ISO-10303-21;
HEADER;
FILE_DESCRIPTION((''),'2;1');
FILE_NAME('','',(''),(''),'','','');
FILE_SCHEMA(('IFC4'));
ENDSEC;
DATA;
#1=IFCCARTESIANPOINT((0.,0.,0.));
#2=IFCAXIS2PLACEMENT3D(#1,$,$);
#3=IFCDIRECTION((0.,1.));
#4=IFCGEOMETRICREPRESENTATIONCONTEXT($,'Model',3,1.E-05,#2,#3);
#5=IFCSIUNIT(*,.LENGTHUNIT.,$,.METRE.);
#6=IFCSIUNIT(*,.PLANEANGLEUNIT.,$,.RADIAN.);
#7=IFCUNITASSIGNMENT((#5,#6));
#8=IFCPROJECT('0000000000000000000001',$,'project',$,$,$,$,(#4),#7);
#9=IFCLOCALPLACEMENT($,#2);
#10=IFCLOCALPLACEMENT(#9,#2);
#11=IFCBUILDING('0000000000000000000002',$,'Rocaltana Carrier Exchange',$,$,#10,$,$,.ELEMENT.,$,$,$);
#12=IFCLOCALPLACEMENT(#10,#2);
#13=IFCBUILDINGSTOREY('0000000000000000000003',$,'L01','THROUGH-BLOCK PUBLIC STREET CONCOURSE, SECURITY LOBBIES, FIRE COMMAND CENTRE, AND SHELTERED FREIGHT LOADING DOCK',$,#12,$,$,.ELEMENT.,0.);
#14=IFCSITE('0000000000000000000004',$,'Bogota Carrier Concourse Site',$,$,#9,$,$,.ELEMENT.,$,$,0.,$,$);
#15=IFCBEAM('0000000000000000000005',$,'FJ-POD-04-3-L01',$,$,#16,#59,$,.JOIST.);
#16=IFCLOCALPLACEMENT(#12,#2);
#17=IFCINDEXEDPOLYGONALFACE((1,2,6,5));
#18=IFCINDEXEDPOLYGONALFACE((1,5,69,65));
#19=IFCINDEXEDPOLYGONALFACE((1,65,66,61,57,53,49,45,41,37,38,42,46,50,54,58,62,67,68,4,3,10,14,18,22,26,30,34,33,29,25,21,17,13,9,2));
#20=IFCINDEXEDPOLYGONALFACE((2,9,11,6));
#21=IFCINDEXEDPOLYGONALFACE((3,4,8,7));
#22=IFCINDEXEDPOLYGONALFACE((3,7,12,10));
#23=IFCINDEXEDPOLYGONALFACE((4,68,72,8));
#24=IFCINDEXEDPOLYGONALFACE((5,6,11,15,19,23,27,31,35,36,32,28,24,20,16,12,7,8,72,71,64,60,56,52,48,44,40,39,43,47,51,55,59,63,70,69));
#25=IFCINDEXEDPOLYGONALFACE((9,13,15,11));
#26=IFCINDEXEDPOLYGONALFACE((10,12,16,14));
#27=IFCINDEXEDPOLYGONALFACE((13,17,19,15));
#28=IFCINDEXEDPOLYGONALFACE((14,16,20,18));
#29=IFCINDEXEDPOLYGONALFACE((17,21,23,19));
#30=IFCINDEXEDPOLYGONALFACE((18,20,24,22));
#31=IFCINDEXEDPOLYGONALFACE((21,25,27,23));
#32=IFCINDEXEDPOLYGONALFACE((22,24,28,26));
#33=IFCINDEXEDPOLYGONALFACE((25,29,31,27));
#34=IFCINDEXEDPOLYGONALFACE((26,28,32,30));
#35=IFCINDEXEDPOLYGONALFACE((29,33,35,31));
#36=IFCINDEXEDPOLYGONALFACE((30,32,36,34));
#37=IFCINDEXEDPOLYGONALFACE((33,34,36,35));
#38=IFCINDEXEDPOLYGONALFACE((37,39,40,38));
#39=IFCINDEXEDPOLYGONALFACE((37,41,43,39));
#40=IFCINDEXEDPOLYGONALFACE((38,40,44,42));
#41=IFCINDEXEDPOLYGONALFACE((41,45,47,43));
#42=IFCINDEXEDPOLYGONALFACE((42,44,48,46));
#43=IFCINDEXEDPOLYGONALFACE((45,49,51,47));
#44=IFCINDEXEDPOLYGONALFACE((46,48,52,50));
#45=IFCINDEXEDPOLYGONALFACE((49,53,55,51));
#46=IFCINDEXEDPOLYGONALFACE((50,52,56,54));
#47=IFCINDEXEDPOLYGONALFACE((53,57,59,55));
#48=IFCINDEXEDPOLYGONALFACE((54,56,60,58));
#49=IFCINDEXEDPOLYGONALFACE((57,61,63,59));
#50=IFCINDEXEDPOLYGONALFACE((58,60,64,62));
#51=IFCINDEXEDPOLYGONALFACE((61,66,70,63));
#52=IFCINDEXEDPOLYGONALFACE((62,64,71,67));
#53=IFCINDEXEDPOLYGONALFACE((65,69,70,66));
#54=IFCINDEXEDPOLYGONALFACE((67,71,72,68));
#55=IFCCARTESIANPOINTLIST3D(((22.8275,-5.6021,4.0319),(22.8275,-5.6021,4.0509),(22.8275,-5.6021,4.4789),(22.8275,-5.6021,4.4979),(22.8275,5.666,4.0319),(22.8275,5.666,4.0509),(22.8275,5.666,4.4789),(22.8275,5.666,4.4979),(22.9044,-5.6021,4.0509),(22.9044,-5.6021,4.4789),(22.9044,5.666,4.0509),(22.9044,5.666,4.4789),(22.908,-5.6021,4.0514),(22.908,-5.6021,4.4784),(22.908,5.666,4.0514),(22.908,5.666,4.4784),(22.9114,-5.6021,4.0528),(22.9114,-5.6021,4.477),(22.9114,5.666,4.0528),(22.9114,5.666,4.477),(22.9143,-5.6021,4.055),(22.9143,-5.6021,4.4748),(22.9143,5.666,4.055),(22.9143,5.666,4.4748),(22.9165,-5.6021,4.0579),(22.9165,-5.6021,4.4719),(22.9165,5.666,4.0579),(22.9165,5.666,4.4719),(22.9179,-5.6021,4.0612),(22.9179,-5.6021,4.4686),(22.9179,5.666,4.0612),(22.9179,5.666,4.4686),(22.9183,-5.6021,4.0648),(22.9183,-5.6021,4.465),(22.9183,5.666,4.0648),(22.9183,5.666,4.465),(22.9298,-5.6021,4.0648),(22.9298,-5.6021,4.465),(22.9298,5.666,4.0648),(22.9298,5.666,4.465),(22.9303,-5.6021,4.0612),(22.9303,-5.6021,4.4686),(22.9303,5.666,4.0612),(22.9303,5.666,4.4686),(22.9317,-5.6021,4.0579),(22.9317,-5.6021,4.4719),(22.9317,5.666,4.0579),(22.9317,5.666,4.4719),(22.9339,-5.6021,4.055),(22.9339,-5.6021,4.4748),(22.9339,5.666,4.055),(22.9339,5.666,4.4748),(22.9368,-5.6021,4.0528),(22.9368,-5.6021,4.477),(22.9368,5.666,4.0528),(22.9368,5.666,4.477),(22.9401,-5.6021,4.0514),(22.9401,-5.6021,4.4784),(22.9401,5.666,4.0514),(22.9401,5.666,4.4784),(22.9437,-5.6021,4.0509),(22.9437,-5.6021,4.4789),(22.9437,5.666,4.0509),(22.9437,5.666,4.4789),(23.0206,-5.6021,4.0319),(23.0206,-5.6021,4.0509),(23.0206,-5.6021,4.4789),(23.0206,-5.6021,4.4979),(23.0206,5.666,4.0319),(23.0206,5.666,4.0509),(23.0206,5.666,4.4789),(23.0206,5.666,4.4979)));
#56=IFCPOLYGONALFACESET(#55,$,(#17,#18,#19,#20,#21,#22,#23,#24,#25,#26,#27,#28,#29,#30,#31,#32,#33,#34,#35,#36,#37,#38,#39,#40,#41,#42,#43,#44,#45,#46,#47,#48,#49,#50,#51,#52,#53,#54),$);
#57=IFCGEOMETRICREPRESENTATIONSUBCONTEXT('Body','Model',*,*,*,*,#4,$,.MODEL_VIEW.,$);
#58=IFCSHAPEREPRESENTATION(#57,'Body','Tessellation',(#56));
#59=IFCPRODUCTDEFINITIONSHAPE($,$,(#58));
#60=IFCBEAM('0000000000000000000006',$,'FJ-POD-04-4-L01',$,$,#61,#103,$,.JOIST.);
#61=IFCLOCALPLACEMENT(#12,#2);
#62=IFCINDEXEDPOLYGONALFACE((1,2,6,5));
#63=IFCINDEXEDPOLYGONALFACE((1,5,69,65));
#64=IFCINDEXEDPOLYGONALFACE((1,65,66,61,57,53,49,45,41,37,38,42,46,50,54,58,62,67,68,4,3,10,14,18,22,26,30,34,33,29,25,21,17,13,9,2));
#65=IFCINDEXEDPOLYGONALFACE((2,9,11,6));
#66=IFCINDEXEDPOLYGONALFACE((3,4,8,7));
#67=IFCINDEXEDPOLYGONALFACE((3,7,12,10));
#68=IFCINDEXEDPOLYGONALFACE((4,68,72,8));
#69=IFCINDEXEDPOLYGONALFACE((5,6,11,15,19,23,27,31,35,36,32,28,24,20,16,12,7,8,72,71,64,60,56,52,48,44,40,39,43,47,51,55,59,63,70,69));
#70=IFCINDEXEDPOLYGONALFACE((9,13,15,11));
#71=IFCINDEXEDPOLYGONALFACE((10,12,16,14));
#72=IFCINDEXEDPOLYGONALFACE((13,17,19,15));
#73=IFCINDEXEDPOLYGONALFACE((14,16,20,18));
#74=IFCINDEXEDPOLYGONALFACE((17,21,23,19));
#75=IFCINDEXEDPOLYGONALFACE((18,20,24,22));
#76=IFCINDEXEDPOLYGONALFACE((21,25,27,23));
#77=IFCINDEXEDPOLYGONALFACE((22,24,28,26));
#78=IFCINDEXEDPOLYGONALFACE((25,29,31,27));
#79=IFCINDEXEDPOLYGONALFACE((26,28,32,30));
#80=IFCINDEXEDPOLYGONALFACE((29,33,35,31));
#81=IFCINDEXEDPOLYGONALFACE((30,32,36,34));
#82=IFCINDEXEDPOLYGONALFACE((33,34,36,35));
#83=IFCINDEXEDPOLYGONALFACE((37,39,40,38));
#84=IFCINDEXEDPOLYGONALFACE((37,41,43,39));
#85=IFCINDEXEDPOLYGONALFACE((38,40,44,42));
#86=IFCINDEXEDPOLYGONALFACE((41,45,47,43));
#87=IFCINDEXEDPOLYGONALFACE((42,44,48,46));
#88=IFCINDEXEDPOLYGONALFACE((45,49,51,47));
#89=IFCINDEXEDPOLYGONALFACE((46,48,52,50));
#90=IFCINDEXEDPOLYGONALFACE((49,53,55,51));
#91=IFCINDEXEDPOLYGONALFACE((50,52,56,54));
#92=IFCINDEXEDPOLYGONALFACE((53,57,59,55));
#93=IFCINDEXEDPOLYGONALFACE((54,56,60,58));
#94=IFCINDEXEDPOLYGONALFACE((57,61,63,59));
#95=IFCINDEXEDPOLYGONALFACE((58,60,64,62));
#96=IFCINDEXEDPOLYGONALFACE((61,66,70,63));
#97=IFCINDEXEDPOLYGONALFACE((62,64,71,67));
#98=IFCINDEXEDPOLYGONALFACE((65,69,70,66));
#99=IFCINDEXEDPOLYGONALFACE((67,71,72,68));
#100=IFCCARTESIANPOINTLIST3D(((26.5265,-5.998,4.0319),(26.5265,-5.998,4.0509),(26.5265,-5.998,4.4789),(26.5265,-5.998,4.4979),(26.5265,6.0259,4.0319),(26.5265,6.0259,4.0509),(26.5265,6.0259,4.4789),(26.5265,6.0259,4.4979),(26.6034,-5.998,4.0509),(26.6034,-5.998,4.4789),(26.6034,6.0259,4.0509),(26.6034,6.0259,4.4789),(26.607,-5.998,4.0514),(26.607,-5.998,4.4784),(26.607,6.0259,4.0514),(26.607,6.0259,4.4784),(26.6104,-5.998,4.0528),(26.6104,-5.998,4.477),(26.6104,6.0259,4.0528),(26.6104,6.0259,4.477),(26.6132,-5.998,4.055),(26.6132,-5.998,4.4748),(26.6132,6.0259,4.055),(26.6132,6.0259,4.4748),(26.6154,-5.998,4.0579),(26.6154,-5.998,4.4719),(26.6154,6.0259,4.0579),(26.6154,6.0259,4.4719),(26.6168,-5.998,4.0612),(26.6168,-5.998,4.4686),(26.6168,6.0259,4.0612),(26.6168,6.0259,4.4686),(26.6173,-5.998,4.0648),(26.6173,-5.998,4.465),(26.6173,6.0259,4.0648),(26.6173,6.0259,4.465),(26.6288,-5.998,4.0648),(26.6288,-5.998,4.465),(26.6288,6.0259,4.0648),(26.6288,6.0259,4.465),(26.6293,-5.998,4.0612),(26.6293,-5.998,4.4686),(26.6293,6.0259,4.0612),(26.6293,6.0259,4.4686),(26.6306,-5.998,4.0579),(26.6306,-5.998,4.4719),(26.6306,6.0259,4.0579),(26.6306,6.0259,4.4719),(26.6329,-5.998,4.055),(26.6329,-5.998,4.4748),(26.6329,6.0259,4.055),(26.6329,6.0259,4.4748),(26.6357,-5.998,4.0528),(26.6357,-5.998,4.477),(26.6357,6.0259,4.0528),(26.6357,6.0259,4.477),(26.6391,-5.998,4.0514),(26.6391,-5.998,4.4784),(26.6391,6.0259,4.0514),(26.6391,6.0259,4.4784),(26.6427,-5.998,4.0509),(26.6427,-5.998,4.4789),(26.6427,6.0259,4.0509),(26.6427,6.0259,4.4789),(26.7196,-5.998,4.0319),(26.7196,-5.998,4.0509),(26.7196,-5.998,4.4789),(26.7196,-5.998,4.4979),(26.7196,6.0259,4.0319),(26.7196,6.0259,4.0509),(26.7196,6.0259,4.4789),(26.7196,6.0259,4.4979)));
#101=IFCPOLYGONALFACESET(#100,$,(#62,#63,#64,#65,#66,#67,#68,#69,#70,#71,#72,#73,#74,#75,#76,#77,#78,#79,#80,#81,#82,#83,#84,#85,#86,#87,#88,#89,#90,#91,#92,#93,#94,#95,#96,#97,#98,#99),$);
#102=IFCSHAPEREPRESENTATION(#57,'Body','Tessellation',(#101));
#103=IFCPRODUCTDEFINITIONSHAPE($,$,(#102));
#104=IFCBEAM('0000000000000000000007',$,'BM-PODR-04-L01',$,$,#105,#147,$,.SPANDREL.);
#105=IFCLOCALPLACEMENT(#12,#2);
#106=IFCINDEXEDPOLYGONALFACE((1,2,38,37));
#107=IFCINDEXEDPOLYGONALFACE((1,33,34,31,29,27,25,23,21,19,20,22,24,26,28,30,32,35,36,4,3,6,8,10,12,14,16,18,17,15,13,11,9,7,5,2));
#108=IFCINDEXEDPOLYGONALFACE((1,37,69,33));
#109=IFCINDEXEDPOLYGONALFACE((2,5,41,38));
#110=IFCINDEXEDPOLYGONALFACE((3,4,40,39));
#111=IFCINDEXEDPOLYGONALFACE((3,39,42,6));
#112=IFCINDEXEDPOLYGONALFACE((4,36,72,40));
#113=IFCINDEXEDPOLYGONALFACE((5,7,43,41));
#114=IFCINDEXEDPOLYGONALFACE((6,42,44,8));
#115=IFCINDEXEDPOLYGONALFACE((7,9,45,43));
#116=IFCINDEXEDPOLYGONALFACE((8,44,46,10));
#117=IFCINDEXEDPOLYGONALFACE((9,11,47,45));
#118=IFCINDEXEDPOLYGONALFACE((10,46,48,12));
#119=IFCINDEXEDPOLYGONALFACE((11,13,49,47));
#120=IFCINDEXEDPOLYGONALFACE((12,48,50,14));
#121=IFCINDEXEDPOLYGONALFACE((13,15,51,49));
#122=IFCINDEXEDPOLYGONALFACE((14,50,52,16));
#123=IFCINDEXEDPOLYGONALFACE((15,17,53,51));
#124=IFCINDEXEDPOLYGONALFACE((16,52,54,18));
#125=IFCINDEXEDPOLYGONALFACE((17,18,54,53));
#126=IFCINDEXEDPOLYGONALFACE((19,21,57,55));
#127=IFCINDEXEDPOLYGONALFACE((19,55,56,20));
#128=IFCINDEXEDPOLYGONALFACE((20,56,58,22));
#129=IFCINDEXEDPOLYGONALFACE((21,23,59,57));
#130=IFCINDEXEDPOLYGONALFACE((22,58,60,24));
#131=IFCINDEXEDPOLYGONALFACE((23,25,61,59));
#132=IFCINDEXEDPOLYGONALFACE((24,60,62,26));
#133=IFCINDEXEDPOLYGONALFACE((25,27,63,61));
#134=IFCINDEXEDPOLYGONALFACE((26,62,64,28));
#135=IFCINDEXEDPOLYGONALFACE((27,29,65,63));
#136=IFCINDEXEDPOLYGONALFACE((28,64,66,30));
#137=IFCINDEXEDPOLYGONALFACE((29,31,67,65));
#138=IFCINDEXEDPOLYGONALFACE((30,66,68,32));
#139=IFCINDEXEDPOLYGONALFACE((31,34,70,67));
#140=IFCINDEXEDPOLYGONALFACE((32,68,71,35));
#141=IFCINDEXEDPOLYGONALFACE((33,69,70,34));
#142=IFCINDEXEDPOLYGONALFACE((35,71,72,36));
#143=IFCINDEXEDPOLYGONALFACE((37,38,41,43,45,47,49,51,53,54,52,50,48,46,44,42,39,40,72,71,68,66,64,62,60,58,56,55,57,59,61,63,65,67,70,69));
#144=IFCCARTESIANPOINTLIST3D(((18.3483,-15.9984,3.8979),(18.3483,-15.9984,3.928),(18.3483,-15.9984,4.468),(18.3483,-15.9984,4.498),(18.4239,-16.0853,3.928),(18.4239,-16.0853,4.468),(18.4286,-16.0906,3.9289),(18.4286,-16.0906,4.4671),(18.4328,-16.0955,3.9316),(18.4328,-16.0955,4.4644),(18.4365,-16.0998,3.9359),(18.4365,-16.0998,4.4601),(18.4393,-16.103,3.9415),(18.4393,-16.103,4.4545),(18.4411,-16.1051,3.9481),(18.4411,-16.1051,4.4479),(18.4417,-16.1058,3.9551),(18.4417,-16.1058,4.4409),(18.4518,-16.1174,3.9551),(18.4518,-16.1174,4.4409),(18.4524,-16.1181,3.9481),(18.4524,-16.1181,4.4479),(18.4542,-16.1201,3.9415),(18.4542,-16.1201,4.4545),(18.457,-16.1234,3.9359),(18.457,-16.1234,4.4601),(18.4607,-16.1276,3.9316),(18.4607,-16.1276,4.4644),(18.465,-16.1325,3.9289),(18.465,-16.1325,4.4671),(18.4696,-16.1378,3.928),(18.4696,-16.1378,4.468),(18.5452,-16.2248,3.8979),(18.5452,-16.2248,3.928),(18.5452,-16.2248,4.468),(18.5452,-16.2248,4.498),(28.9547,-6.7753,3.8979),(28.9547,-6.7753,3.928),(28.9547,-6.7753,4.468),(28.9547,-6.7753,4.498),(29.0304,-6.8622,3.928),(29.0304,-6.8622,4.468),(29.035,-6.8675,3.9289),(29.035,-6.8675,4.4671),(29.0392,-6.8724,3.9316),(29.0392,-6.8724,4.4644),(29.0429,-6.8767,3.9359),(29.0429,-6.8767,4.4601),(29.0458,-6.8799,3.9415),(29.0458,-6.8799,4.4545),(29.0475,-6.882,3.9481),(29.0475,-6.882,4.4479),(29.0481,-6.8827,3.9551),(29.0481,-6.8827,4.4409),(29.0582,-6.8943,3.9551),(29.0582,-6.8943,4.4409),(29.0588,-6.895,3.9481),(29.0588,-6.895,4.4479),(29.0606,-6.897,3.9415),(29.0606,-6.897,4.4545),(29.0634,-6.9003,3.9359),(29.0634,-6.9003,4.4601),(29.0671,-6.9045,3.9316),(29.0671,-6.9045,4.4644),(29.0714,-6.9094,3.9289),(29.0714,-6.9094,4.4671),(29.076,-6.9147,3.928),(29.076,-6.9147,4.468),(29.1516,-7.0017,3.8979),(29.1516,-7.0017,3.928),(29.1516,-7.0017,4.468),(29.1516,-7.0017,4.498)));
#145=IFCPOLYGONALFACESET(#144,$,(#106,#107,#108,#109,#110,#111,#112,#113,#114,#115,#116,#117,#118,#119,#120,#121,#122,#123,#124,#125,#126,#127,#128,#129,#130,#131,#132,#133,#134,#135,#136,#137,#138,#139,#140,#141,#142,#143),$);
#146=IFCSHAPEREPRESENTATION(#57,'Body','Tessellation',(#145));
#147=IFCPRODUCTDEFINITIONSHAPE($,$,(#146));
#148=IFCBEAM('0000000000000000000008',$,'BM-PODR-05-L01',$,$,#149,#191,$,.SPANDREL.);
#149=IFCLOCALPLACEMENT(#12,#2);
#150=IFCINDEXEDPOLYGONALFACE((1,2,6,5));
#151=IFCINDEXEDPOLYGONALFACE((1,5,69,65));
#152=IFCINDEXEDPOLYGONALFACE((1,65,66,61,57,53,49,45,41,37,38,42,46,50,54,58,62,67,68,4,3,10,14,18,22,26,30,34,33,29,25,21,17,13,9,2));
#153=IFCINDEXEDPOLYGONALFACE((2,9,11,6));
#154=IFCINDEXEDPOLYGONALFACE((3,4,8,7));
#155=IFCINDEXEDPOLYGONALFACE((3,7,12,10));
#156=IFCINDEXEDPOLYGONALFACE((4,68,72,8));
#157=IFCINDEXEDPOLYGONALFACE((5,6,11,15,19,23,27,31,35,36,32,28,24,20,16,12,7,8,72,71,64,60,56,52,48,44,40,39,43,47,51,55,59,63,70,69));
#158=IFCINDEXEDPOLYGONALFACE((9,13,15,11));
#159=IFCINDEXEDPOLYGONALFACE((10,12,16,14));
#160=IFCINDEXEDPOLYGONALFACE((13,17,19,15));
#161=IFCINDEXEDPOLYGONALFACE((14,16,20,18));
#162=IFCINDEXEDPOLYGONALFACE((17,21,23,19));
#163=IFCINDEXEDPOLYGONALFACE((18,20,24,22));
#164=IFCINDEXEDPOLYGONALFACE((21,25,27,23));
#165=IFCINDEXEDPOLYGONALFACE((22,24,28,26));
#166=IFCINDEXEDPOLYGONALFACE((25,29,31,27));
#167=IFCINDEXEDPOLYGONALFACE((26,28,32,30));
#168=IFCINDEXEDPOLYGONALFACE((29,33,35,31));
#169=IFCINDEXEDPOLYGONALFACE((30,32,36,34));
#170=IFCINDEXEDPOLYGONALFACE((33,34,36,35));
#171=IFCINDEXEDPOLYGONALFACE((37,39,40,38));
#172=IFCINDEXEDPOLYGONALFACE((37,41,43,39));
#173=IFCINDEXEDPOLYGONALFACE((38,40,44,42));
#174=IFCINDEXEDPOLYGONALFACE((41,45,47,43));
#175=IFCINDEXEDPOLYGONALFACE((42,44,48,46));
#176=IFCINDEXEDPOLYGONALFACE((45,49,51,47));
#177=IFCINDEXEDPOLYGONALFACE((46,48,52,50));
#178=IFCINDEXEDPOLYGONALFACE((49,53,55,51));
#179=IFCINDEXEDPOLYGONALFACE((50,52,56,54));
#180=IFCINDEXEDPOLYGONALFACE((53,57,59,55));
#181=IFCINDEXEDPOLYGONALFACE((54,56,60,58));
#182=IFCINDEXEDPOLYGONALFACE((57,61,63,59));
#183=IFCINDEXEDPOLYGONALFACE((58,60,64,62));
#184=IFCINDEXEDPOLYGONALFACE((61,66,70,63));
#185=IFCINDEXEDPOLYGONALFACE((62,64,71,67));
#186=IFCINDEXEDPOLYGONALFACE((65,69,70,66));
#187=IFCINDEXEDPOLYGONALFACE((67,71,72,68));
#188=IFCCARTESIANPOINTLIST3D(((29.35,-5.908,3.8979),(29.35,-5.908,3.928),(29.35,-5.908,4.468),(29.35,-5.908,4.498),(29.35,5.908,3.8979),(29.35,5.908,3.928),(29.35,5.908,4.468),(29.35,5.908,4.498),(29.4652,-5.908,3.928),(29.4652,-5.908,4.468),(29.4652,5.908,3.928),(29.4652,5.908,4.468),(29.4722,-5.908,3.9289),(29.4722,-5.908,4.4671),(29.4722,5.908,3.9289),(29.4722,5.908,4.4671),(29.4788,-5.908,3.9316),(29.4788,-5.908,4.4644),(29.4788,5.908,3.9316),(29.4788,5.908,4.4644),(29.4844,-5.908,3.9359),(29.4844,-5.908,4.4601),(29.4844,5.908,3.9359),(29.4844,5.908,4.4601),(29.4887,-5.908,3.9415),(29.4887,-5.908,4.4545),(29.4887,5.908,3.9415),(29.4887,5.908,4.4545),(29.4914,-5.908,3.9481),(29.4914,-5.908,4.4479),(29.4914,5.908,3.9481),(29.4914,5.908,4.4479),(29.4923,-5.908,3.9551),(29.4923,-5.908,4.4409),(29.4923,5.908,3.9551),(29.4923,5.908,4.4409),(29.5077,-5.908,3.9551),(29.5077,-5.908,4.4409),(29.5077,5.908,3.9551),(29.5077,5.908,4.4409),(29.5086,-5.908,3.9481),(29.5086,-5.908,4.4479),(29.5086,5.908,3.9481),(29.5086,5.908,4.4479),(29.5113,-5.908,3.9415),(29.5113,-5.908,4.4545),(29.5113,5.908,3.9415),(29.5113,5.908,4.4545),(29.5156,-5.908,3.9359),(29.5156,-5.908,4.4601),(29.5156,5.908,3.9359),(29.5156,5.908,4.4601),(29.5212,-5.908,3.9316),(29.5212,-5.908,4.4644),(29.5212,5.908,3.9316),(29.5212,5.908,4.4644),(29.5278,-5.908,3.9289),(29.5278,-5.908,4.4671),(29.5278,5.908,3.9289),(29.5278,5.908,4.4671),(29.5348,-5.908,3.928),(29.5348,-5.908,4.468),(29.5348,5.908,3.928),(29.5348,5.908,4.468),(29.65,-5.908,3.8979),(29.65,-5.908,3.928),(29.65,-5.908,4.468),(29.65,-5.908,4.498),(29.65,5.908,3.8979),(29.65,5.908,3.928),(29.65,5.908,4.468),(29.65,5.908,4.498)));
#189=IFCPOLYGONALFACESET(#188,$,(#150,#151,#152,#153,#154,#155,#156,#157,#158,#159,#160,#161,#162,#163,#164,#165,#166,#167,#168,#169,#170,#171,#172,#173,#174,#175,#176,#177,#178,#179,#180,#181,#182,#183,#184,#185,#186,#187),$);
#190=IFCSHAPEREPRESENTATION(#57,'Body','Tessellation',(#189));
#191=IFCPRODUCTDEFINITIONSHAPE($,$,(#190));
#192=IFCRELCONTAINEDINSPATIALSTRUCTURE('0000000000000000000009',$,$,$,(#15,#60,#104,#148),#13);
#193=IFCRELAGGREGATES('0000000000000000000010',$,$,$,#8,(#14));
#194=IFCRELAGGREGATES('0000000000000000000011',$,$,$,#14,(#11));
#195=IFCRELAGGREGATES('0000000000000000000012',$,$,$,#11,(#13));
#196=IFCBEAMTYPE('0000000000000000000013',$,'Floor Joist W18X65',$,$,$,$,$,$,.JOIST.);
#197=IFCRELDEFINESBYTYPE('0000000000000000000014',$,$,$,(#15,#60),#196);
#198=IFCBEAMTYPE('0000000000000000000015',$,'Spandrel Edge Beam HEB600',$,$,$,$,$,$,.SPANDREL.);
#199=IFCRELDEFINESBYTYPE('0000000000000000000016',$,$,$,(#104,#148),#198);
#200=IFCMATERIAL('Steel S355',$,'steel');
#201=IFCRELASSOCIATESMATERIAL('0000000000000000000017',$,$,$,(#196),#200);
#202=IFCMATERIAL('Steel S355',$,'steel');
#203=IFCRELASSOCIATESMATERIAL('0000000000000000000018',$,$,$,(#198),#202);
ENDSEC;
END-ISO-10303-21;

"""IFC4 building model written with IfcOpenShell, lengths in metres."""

from ifc_helpers import new_model, si_unit, direction, frame, origin, origin_2d, place, context, subcontext, project, spatial, i_section, extrude, material, material_profile, profile_set, type_object, element, save


model = new_model("IFC4")

# Units and contexts
model_context = context("Model", 3, precision=1e-05, world=origin(), true_north=direction((0.0, 1.0)))
body_context = subcontext(model_context, "Body", "Model", "MODEL_VIEW")
ifc_project = project(units=[si_unit("LENGTHUNIT", "METRE"), si_unit("PLANEANGLEUNIT", "RADIAN")], contexts=[model_context])

# Site, building, storey
site_placement = place(None, origin())
site = spatial("IfcSite", under=ifc_project, at=site_placement, Name="Bogota Carrier Concourse Site", CompositionType="ELEMENT", RefElevation=0.0)
building_placement = place(site_placement, origin())
building = spatial("IfcBuilding", under=site, at=building_placement, Name="Rocaltana Carrier Exchange", CompositionType="ELEMENT")
storey_placement = place(building_placement, origin())
storey = spatial("IfcBuildingStorey", under=building, at=storey_placement, Name="L01", Description="THROUGH-BLOCK PUBLIC STREET CONCOURSE, SECURITY LOBBIES, FIRE COMMAND CENTRE, AND SHELTERED FREIGHT LOADING DOCK", CompositionType="ELEMENT", Elevation=0.0)

# Beams
ifc_material_1 = material(Name="Steel S355", Category="steel")
ifc_material_profile_1 = material_profile(ifc_material_1, i_section(OverallWidth=0.1931, OverallDepth=0.4661, WebThickness=0.0115, FlangeThickness=0.019, FilletRadius=0.0139, at=origin_2d()), Name="W18X65")
ifc_profile_set_1 = profile_set([ifc_material_profile_1], Name="Steel S355")
beam_type_1 = type_object("IfcBeamType", Name="Floor Joist W18X65", PredefinedType="JOIST", material=ifc_profile_set_1)
beam_1_placement = place(storey_placement, frame((22.9241, -5.6021, 4.2649), z_axis=(0.0, 1.0, 0.0), x_axis=(-1.0, 0.0, 0.0)))
element("IfcBeam", 1, at=beam_1_placement, inside=storey, type_object=beam_type_1, Name="FJ-POD-04-3-L01", PredefinedType="JOIST", context=body_context, shape_type="SweptSolid", body=[
    extrude(i_section(OverallWidth=0.1931, OverallDepth=0.4661, WebThickness=0.0115, FlangeThickness=0.019, FilletRadius=0.0139, at=origin_2d()), origin(), (0.0, 0.0, 1.0), 11.2681),
])
beam_2_placement = place(storey_placement, frame((26.623, -5.998, 4.2649), z_axis=(0.0, 1.0, 0.0), x_axis=(-1.0, 0.0, 0.0)))
element("IfcBeam", 2, at=beam_2_placement, inside=storey, type_object=beam_type_1, Name="FJ-POD-04-4-L01", PredefinedType="JOIST", context=body_context, shape_type="SweptSolid", body=[
    extrude(i_section(OverallWidth=0.1931, OverallDepth=0.4661, WebThickness=0.0115, FlangeThickness=0.019, FilletRadius=0.0139, at=origin_2d()), origin(), (0.0, 0.0, 1.0), 12.0239),
])
ifc_material_2 = material(Name="Steel S355", Category="steel")
ifc_material_profile_2 = material_profile(ifc_material_2, i_section(OverallWidth=0.3, OverallDepth=0.6001, WebThickness=0.0154, FlangeThickness=0.03, FilletRadius=0.0271, at=origin_2d()), Name="HEB600")
ifc_profile_set_2 = profile_set([ifc_material_profile_2], Name="Steel S355")
beam_type_2 = type_object("IfcBeamType", Name="Spandrel Edge Beam HEB600", PredefinedType="SPANDREL", material=ifc_profile_set_2)
beam_3_placement = place(storey_placement, frame((18.4468, -16.1116, 4.198), z_axis=(0.7546, 0.656185, 0.0), x_axis=(-0.656185, 0.7546, 0.0)))
element("IfcBeam", 3, at=beam_3_placement, inside=storey, type_object=beam_type_2, Name="BM-PODR-04-L01", PredefinedType="SPANDREL", context=body_context, shape_type="SweptSolid", body=[
    extrude(i_section(OverallWidth=0.3, OverallDepth=0.6001, WebThickness=0.0154, FlangeThickness=0.03, FilletRadius=0.0271, at=origin_2d()), origin(), (0.0, 0.0, 1.0), 14.0557),
])
beam_4_placement = place(storey_placement, frame((29.5, -5.908, 4.198), z_axis=(0.0, 1.0, 0.0), x_axis=(-1.0, 0.0, 0.0)))
element("IfcBeam", 4, at=beam_4_placement, inside=storey, type_object=beam_type_2, Name="BM-PODR-05-L01", PredefinedType="SPANDREL", context=body_context, shape_type="SweptSolid", body=[
    extrude(i_section(OverallWidth=0.3, OverallDepth=0.6001, WebThickness=0.0154, FlangeThickness=0.03, FilletRadius=0.0271, at=origin_2d()), origin(), (0.0, 0.0, 1.0), 11.8159),
])

save(model, "model.ifc")
